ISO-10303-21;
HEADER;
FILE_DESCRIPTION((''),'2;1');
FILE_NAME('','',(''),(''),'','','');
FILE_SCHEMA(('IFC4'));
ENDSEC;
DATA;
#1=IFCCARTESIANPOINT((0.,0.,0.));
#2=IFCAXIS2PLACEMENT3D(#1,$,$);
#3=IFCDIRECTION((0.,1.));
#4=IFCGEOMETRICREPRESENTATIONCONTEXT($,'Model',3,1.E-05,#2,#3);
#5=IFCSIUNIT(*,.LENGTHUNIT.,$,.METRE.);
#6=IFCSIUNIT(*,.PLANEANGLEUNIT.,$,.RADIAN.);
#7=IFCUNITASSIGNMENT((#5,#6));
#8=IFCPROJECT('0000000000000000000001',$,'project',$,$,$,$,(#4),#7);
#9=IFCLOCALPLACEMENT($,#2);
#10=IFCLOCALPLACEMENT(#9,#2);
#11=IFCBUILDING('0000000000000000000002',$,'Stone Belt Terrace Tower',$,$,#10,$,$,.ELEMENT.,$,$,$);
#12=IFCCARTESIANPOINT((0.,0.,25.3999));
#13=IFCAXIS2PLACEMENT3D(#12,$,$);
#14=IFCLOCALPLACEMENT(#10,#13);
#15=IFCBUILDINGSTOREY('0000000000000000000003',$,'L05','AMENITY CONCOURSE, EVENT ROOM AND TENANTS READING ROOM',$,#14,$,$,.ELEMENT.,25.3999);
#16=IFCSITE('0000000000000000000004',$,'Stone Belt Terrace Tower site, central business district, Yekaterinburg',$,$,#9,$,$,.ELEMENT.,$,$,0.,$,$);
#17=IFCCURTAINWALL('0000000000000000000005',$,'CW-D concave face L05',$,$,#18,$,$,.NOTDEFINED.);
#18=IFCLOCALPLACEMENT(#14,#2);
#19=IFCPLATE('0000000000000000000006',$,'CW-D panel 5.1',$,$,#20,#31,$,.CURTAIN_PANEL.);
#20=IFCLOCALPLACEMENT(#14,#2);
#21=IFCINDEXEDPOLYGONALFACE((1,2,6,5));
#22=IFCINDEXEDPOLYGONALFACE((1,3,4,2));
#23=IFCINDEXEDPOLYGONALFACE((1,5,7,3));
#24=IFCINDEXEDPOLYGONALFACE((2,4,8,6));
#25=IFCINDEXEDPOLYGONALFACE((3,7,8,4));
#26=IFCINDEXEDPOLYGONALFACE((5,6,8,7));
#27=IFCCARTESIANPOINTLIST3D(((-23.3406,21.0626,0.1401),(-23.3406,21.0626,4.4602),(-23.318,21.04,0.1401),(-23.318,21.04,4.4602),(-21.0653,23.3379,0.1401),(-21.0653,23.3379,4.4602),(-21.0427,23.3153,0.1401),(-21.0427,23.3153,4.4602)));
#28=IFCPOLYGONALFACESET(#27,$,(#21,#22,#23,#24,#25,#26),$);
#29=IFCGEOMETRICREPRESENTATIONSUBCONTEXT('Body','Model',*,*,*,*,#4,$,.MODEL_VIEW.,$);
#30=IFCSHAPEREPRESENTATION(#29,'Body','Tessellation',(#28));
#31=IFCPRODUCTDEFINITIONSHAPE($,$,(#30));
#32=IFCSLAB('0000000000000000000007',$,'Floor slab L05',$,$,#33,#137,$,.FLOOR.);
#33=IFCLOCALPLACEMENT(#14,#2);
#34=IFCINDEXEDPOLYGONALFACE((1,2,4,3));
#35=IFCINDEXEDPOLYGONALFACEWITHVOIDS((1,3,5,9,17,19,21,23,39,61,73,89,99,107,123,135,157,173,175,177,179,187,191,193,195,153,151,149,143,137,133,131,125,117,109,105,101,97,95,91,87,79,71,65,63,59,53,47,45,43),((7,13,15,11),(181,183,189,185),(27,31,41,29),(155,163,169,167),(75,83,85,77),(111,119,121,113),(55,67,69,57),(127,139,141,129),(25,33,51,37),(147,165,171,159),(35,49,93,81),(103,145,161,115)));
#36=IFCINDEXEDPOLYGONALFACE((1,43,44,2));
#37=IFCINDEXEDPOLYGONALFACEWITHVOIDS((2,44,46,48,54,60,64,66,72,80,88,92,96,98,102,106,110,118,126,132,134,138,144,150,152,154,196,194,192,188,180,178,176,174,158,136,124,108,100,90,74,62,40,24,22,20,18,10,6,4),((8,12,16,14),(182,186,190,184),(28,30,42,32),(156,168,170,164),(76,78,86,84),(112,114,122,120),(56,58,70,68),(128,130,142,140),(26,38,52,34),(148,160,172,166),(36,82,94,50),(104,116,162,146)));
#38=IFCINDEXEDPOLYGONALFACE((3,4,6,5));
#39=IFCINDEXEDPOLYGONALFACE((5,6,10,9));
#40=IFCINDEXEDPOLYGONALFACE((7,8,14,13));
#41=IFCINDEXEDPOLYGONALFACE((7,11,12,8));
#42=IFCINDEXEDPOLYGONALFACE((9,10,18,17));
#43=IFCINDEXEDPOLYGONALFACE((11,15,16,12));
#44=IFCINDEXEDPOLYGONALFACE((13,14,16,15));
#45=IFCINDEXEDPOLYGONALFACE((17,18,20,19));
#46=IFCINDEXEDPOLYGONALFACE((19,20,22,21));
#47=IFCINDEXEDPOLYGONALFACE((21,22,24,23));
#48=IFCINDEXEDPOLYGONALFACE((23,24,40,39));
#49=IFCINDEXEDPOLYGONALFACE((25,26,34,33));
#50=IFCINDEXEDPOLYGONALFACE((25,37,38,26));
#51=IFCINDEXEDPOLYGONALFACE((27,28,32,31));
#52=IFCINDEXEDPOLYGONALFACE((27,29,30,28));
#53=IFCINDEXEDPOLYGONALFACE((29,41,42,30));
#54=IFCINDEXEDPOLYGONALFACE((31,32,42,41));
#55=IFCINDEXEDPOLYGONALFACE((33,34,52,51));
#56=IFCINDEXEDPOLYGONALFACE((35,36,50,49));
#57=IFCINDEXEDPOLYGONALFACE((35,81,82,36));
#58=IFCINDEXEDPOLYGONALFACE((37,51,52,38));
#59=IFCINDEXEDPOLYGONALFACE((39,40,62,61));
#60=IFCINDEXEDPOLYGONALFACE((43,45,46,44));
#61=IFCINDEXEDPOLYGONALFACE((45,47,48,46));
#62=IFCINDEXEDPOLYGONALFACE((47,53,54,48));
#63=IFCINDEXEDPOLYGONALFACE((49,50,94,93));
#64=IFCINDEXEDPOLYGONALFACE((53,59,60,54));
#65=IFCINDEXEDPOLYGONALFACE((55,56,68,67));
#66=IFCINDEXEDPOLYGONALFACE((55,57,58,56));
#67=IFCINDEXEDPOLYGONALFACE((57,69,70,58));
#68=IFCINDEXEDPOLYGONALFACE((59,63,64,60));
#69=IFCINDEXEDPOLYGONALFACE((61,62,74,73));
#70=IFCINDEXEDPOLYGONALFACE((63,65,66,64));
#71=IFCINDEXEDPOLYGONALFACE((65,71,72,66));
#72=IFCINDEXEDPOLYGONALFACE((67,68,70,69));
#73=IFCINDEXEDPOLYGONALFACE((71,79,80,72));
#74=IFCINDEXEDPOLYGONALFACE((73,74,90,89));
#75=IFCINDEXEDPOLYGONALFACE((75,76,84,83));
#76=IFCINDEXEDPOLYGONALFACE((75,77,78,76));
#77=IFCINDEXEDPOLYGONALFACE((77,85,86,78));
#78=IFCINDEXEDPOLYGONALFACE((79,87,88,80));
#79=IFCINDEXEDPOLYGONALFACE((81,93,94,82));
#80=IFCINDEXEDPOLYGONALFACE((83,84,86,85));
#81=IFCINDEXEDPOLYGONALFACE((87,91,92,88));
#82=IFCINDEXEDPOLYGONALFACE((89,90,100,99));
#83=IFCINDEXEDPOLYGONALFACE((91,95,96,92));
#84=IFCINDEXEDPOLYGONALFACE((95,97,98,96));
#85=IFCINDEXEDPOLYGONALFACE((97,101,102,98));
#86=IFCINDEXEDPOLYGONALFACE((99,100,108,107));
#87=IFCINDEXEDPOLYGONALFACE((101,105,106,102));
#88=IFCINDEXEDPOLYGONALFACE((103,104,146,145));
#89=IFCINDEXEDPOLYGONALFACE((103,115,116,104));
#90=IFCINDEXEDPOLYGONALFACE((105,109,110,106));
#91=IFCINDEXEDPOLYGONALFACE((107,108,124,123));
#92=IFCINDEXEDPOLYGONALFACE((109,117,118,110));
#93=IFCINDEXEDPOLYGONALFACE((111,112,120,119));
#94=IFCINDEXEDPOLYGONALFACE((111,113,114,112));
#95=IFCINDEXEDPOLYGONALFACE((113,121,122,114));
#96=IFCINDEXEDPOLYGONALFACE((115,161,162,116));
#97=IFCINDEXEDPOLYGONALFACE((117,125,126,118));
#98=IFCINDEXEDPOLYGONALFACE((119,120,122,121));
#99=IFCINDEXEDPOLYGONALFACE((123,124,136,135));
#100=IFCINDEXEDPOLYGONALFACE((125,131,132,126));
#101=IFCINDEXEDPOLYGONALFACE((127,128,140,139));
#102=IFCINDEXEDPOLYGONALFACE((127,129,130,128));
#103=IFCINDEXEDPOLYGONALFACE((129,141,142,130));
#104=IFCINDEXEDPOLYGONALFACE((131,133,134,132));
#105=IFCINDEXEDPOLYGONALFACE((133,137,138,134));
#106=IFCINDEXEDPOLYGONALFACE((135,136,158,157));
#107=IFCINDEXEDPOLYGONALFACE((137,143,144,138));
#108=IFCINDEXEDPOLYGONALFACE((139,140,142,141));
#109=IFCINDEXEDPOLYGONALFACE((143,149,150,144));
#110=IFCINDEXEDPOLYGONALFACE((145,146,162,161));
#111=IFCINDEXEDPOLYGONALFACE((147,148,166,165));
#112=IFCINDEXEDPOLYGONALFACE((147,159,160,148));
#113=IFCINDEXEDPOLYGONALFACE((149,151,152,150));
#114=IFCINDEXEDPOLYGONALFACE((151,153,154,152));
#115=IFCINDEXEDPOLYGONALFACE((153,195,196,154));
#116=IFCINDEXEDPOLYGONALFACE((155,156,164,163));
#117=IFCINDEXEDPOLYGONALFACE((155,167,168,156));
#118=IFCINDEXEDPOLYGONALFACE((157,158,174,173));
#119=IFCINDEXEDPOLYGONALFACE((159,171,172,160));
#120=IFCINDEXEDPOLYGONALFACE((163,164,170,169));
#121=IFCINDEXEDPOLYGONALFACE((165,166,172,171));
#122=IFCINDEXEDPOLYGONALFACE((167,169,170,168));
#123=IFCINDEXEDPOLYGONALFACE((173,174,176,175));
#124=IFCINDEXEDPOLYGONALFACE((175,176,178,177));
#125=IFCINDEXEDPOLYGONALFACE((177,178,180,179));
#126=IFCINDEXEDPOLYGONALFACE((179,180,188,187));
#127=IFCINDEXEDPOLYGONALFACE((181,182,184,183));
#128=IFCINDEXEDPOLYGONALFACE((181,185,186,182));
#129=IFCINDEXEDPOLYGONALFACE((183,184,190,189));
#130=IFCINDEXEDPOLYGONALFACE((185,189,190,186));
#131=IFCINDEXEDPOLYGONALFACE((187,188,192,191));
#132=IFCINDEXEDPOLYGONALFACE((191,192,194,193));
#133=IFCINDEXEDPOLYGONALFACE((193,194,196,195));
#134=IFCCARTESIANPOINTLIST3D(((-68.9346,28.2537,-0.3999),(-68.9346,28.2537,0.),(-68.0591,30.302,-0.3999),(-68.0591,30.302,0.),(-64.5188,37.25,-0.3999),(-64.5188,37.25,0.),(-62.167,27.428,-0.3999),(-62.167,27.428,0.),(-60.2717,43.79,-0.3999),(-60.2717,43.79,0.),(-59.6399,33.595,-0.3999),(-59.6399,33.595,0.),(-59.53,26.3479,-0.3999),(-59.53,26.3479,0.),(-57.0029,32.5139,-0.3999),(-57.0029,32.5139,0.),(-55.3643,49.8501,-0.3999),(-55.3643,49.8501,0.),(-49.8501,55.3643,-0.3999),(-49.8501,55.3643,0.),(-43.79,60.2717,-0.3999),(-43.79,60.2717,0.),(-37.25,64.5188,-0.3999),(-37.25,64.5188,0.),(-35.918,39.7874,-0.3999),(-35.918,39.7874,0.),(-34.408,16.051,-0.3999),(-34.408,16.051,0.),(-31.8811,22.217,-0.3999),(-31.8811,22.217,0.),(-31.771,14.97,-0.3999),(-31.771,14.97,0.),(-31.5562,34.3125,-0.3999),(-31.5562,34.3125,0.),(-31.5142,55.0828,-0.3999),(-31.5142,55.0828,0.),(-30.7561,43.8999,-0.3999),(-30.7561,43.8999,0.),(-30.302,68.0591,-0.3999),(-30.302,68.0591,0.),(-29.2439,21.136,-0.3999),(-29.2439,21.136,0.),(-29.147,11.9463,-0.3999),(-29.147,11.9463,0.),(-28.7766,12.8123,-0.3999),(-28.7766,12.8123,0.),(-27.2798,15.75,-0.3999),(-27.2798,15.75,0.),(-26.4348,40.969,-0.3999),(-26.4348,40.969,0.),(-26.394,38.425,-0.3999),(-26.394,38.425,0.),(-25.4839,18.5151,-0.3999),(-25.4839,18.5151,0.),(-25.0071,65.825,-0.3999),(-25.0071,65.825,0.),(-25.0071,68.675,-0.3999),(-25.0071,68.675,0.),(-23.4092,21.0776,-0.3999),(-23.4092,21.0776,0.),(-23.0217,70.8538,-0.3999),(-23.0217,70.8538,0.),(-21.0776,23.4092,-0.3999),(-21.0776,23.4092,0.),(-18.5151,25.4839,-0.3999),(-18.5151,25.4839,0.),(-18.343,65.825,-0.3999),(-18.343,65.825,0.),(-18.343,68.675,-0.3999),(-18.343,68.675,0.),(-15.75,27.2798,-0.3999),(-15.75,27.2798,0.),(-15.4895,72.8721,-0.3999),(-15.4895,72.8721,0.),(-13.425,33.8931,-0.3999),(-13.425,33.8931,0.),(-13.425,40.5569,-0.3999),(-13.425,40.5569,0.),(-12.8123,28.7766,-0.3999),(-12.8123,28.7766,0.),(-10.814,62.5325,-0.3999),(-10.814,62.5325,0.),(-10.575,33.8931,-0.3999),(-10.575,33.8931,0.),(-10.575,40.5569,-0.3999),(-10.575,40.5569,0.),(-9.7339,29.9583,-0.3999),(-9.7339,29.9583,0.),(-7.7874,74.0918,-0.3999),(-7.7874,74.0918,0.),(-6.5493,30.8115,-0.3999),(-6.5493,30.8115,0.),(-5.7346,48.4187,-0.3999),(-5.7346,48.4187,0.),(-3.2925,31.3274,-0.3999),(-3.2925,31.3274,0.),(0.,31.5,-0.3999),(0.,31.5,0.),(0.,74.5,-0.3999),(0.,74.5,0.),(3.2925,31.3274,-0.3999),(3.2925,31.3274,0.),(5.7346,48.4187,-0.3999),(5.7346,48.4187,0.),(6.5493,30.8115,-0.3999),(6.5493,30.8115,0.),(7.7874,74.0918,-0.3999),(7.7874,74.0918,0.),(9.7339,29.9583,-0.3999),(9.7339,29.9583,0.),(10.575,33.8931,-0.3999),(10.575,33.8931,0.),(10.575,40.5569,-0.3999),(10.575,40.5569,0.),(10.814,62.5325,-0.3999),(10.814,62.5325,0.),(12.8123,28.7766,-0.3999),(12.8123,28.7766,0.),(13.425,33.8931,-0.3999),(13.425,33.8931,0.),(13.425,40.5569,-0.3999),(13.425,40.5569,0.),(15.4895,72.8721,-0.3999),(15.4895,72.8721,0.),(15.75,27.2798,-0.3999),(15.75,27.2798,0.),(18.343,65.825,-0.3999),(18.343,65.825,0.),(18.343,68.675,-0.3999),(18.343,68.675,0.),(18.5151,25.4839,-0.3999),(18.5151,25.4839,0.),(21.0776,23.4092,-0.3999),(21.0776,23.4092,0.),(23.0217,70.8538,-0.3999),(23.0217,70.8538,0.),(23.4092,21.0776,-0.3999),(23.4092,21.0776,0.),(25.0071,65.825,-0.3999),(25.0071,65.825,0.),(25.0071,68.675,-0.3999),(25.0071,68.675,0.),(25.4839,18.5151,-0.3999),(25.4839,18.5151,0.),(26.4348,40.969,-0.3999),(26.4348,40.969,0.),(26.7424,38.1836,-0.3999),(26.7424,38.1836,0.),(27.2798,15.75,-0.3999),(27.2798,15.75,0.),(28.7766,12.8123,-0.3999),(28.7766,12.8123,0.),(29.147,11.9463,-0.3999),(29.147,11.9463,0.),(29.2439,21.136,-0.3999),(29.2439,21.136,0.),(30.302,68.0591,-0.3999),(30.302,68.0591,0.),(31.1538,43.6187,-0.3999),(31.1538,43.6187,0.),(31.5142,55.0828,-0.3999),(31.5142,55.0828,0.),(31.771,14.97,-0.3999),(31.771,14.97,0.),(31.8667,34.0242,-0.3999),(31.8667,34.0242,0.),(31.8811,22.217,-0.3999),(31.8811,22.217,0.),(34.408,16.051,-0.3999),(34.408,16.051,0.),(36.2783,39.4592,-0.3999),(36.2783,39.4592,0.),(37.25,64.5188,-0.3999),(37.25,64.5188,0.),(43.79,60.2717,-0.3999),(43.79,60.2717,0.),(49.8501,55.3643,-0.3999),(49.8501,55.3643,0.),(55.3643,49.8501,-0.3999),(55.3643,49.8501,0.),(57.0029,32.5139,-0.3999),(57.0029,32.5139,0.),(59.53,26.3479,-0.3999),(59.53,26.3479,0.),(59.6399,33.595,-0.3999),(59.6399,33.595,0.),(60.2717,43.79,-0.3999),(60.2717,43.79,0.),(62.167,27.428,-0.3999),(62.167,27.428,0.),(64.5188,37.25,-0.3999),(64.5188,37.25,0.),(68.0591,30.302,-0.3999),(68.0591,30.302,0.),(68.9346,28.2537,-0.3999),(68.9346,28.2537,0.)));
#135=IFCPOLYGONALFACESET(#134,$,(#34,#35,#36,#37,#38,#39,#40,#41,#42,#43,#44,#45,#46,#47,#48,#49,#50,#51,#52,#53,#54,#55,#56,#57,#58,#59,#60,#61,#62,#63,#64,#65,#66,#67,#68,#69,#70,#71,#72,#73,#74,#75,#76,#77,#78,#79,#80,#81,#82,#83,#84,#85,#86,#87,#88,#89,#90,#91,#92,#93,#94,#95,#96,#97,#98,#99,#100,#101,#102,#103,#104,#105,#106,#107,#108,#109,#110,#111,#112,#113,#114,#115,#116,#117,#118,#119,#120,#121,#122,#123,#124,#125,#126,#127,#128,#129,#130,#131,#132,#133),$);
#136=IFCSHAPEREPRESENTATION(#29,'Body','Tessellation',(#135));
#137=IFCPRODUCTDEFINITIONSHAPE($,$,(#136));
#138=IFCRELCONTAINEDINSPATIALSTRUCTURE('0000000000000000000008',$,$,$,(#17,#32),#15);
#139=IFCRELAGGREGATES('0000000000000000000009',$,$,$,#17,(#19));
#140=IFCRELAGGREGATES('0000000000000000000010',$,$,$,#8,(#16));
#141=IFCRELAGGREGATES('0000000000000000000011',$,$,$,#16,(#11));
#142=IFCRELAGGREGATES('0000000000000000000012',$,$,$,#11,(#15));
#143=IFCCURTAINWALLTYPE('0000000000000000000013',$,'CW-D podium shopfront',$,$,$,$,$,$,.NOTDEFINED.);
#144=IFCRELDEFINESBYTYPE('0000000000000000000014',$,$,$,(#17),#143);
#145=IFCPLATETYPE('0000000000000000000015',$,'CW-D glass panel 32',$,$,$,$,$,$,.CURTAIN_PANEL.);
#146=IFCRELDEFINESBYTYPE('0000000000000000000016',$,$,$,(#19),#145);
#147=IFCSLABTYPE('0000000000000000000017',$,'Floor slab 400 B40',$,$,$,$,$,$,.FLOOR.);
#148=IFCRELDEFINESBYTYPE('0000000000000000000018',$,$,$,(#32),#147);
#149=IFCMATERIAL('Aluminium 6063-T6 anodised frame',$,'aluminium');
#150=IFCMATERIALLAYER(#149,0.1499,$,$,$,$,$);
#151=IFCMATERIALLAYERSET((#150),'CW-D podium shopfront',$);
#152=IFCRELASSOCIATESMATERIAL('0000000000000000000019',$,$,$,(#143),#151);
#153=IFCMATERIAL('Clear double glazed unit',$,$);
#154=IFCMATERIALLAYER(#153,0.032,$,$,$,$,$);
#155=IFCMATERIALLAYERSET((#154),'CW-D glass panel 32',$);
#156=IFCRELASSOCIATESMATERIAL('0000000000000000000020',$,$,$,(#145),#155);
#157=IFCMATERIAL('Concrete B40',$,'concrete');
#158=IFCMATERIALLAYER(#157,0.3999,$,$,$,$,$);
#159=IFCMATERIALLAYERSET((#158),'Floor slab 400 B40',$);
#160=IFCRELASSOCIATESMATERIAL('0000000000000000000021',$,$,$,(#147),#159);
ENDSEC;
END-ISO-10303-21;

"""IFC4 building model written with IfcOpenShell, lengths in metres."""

from ifc_helpers import new_model, si_unit, direction, frame, origin, origin_2d, place, context, subcontext, project, spatial, polyline, rectangle, outline, extrude, material, layer, layer_set, type_object, element, aggregate, save


model = new_model("IFC4")

# Units and contexts
model_context = context("Model", 3, precision=1e-05, world=origin(), true_north=direction((0.0, 1.0)))
body_context = subcontext(model_context, "Body", "Model", "MODEL_VIEW")
ifc_project = project(units=[si_unit("LENGTHUNIT", "METRE"), si_unit("PLANEANGLEUNIT", "RADIAN")], contexts=[model_context])

# Site, building, storey
site_placement = place(None, origin())
site = spatial("IfcSite", under=ifc_project, at=site_placement, Name="Stone Belt Terrace Tower site, central business district, Yekaterinburg", CompositionType="ELEMENT", RefElevation=0.0)
building_placement = place(site_placement, origin())
building = spatial("IfcBuilding", under=site, at=building_placement, Name="Stone Belt Terrace Tower", CompositionType="ELEMENT")
storey_placement = place(building_placement, frame((0.0, 0.0, 25.3999)))
storey = spatial("IfcBuildingStorey", under=building, at=storey_placement, Name="L05", Description="AMENITY CONCOURSE, EVENT ROOM AND TENANTS READING ROOM", CompositionType="ELEMENT", Elevation=25.3999)

# Curtain wall, plate
ifc_material_1 = material(Name="Aluminium 6063-T6 anodised frame", Category="aluminium")
ifc_layer_1 = layer(ifc_material_1, 0.1499)
ifc_layer_set_1 = layer_set([ifc_layer_1], Name="CW-D podium shopfront")
curtain_wall_type = type_object("IfcCurtainWallType", Name="CW-D podium shopfront", PredefinedType="NOTDEFINED", material=ifc_layer_set_1)
curtain_wall_placement = place(storey_placement, origin())
curtain_wall = element("IfcCurtainWall", 1, at=curtain_wall_placement, inside=storey, type_object=curtain_wall_type, Name="CW-D concave face L05", PredefinedType="NOTDEFINED")
ifc_material_2 = material(Name="Clear double glazed unit")
ifc_layer_2 = layer(ifc_material_2, 0.032)
ifc_layer_set_2 = layer_set([ifc_layer_2], Name="CW-D glass panel 32")
plate_type = type_object("IfcPlateType", Name="CW-D glass panel 32", PredefinedType="CURTAIN_PANEL", material=ifc_layer_set_2)
plate_1_placement = place(storey_placement, frame((-22.1917, 22.189, 0.1401), z_axis=(0.0, 0.0, 1.0), x_axis=(0.707107, 0.707107, 0.0)))
plate_1 = element("IfcPlate", 2, at=plate_1_placement, type_object=plate_type, Name="CW-D panel 5.1", PredefinedType="CURTAIN_PANEL", context=body_context, shape_type="SweptSolid", body=[
    extrude(rectangle(XDim=3.2178, YDim=0.032, at=origin_2d()), origin(), (0.0, 0.0, 1.0), 4.3201),
])
aggregate(curtain_wall, [plate_1])

# Slab
ifc_material_3 = material(Name="Concrete B40", Category="concrete")
ifc_layer_3 = layer(ifc_material_3, 0.3999)
ifc_layer_set_3 = layer_set([ifc_layer_3], Name="Floor slab 400 B40")
slab_type_1 = type_object("IfcSlabType", Name="Floor slab 400 B40", PredefinedType="FLOOR", material=ifc_layer_set_3)
slab_1_placement = place(storey_placement, frame((0.0, 0.0, -0.3999)))
element("IfcSlab", 3, at=slab_1_placement, inside=storey, type_object=slab_type_1, Name="Floor slab L05", PredefinedType="FLOOR", context=body_context, shape_type="SweptSolid", body=[
    extrude(outline(polyline([(-7.7874, 74.0918), (0.0, 74.5), (7.7874, 74.0918), (15.4895, 72.8721), (23.0217, 70.8538), (30.302, 68.0591), (37.25, 64.5188), (43.79, 60.2717), (49.8501, 55.3643), (55.3643, 49.8501), (60.2717, 43.79), (64.5188, 37.25), (68.0591, 30.302), (68.9346, 28.2537), (29.147, 11.9463), (28.7766, 12.8123), (27.2798, 15.75), (25.4839, 18.5151), (23.4092, 21.0776), (21.0776, 23.4092), (18.5151, 25.4839), (15.75, 27.2798), (12.8123, 28.7766), (9.7339, 29.9583), (6.5493, 30.8115), (3.2925, 31.3274), (0.0, 31.5), (-3.2925, 31.3274), (-6.5493, 30.8115), (-9.7339, 29.9583), (-12.8123, 28.7766), (-15.75, 27.2798), (-18.5151, 25.4839), (-21.0776, 23.4092), (-23.4092, 21.0776), (-25.4839, 18.5151), (-27.2798, 15.75), (-28.7766, 12.8123), (-29.147, 11.9463), (-68.9346, 28.2537), (-68.0591, 30.302), (-64.5188, 37.25), (-60.2717, 43.79), (-55.3643, 49.8501), (-49.8501, 55.3643), (-43.79, 60.2717), (-37.25, 64.5188), (-30.302, 68.0591), (-23.0217, 70.8538), (-15.4895, 72.8721), (-7.7874, 74.0918)]), holes=[polyline([(-26.4348, 40.969), (-5.7346, 48.4187), (-10.814, 62.5325), (-31.5142, 55.0828), (-26.4348, 40.969)]), polyline([(10.814, 62.5325), (5.7346, 48.4187), (26.4348, 40.969), (31.5142, 55.0828), (10.814, 62.5325)]), polyline([(-31.771, 14.97), (-29.2439, 21.136), (-31.8811, 22.217), (-34.408, 16.051), (-31.771, 14.97)]), polyline([(-62.167, 27.428), (-59.53, 26.3479), (-57.0029, 32.5139), (-59.6399, 33.595), (-62.167, 27.428)]), polyline([(29.2439, 21.136), (31.771, 14.97), (34.408, 16.051), (31.8811, 22.217), (29.2439, 21.136)]), polyline([(59.6399, 33.595), (57.0029, 32.5139), (59.53, 26.3479), (62.167, 27.428), (59.6399, 33.595)]), polyline([(-13.425, 40.5569), (-13.425, 33.8931), (-10.575, 33.8931), (-10.575, 40.5569), (-13.425, 40.5569)]), polyline([(13.425, 40.5569), (10.575, 40.5569), (10.575, 33.8931), (13.425, 33.8931), (13.425, 40.5569)]), polyline([(-18.343, 68.675), (-25.0071, 68.675), (-25.0071, 65.825), (-18.343, 65.825), (-18.343, 68.675)]), polyline([(18.343, 68.675), (18.343, 65.825), (25.0071, 65.825), (25.0071, 68.675), (18.343, 68.675)]), polyline([(-35.918, 39.7874), (-31.5562, 34.3125), (-26.394, 38.425), (-30.7561, 43.8999), (-35.918, 39.7874)]), polyline([(36.2783, 39.4592), (31.1538, 43.6187), (26.7424, 38.1836), (31.8667, 34.0242), (36.2783, 39.4592)])]), origin(), (0.0, 0.0, 1.0), 0.3999),
])

save(model, "model.ifc")
